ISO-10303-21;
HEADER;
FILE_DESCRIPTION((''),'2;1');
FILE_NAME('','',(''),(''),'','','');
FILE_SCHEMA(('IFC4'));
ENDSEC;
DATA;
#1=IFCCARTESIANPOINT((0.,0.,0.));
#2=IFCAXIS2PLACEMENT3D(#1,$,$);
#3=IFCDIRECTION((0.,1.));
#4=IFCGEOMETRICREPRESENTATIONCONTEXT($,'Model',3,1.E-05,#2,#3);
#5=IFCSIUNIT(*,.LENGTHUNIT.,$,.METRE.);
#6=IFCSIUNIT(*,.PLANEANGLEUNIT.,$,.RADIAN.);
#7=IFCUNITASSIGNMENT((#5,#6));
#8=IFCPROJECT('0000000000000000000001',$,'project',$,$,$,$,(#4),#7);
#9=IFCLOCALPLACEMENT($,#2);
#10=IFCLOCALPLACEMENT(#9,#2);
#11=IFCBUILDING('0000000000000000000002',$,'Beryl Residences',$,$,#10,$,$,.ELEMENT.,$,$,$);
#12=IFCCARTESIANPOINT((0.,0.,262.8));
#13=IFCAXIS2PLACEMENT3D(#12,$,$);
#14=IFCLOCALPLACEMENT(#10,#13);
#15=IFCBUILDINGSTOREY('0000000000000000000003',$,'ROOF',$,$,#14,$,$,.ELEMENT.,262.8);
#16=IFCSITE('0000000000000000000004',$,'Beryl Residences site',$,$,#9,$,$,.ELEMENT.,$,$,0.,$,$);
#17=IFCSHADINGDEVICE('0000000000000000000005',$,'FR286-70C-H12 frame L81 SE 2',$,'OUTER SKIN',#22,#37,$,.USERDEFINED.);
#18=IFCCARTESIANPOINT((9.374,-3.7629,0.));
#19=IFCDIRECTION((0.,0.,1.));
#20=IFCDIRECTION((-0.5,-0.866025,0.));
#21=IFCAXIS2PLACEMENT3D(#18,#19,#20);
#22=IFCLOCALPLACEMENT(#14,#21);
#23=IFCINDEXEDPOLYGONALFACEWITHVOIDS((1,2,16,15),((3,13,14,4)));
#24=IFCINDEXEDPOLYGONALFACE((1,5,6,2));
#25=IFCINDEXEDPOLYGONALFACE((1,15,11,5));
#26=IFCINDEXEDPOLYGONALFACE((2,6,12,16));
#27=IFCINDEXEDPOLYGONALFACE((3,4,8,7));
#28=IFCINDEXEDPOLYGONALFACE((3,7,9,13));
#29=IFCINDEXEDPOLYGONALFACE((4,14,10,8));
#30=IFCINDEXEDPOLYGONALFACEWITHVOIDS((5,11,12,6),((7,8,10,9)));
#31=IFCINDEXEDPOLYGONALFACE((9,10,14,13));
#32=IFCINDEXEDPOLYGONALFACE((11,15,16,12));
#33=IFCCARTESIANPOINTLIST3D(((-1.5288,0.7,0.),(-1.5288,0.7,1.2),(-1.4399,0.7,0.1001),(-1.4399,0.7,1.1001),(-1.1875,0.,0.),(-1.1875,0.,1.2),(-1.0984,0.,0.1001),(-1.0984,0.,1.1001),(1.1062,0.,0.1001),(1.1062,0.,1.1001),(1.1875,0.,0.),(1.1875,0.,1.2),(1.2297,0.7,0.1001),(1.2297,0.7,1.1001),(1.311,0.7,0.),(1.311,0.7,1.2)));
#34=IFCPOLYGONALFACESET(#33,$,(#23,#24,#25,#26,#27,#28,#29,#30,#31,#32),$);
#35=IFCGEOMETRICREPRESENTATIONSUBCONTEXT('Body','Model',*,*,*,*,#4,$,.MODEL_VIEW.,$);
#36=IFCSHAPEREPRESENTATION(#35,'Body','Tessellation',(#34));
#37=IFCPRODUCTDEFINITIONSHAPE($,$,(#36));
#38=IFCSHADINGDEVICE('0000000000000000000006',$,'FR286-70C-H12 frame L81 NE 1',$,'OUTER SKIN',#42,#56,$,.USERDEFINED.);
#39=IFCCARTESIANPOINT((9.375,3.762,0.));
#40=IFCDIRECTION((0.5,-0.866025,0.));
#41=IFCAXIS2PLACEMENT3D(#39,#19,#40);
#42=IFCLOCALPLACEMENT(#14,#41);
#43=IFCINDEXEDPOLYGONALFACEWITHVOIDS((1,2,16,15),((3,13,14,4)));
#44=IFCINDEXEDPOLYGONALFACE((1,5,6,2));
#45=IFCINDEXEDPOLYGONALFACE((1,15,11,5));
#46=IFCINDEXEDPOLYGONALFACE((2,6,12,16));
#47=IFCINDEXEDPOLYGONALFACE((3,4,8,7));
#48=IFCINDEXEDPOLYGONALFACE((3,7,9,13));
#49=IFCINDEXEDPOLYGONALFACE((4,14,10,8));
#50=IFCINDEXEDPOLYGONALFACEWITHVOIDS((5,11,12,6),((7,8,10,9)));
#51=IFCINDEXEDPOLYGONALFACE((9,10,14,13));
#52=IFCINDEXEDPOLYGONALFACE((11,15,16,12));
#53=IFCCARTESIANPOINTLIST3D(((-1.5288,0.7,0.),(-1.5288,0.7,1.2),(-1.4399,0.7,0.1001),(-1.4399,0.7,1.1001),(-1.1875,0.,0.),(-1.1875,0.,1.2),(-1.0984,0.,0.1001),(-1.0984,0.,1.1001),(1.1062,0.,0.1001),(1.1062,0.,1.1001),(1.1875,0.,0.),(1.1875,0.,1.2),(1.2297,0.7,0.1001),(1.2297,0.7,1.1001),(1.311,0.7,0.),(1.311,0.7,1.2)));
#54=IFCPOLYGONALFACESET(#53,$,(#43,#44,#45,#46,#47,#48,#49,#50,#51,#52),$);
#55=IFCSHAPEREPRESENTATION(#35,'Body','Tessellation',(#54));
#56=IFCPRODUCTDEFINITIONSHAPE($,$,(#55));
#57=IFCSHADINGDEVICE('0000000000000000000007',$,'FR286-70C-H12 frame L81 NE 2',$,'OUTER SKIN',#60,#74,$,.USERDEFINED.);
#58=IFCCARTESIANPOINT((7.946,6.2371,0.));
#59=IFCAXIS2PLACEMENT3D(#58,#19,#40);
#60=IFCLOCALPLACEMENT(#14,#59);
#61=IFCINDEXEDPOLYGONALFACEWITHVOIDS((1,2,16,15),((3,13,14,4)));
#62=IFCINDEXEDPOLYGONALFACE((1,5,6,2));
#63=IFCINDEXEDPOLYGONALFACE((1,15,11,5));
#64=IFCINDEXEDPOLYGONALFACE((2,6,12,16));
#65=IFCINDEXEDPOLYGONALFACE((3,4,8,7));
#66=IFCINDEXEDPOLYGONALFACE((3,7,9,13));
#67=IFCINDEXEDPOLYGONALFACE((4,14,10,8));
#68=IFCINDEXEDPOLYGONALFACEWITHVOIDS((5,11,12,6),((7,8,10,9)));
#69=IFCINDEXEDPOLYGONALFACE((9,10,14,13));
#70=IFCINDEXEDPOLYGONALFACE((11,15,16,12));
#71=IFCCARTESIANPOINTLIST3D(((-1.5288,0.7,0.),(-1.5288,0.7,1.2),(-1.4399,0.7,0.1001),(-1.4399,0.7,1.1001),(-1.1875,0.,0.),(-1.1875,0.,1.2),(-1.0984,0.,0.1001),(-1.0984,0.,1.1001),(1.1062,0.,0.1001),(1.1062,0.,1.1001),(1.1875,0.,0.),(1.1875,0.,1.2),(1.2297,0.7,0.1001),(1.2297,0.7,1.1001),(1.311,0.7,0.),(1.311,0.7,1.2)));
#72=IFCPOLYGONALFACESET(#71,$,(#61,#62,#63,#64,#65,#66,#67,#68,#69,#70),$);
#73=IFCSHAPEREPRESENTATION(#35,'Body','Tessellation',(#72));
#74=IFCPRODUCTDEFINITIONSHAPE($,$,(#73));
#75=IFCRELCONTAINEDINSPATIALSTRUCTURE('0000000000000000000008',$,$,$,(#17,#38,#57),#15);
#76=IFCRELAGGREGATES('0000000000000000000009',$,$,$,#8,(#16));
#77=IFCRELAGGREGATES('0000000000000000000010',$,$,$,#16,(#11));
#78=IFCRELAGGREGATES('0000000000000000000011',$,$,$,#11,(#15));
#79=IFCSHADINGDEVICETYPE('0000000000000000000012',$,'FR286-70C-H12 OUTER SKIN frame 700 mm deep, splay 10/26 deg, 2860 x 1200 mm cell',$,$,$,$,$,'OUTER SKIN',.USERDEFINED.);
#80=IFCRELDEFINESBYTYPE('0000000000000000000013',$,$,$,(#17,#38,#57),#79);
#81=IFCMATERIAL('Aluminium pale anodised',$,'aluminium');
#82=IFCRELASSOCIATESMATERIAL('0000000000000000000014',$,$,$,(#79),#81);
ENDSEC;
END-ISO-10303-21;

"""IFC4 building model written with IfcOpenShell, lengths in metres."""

from ifc_helpers import new_model, entity, si_unit, direction, frame, origin, place, context, subcontext, project, spatial, source, transform, mapped, material, type_object, type_shapes, element, save


model = new_model("IFC4")

# Units and contexts
model_context = context("Model", 3, precision=1e-05, world=origin(), true_north=direction((0.0, 1.0)))
body_context = subcontext(model_context, "Body", "Model", "MODEL_VIEW")
ifc_project = project(units=[si_unit("LENGTHUNIT", "METRE"), si_unit("PLANEANGLEUNIT", "RADIAN")], contexts=[model_context])

# Site, building, storey
site_placement = place(None, origin())
site = spatial("IfcSite", under=ifc_project, at=site_placement, Name="Beryl Residences site", CompositionType="ELEMENT", RefElevation=0.0)
building_placement = place(site_placement, origin())
building = spatial("IfcBuilding", under=site, at=building_placement, Name="Beryl Residences", CompositionType="ELEMENT")
storey_placement = place(building_placement, frame((0.0, 0.0, 262.8)))
storey = spatial("IfcBuildingStorey", under=building, at=storey_placement, Name="ROOF", CompositionType="ELEMENT", Elevation=262.8)

# Shading devices
ifc_material_1 = material(Name="Aluminium pale anodised", Category="aluminium")
shading_device_type_1 = type_object("IfcShadingDeviceType", Name="FR286-70C-H12 OUTER SKIN frame 700 mm deep, splay 10/26 deg, 2860 x 1200 mm cell", ElementType="OUTER SKIN", PredefinedType="USERDEFINED", material=ifc_material_1)
cartesian_point_1 = entity("IfcCartesianPoint", [-1.1875, 0.0])
cartesian_point_2 = entity("IfcCartesianPoint", [-1.1062, 0.1001])
cartesian_point_3 = entity("IfcCartesianPoint", [-1.311, 0.0])
cartesian_point_4 = entity("IfcCartesianPoint", [-1.2297, 0.1001])
shared_shape_1 = source(origin(), body_context, "Body", "SweptSolid", [
    entity("IfcExtrudedAreaSolidTapered", entity("IfcArbitraryProfileDefWithVoids", "AREA", None, entity("IfcPolyline", [cartesian_point_1, entity("IfcCartesianPoint", [1.1875, 0.0]), entity("IfcCartesianPoint", [1.1875, 1.2]), entity("IfcCartesianPoint", [-1.1875, 1.2]), cartesian_point_1]), [entity("IfcPolyline", [cartesian_point_2, entity("IfcCartesianPoint", [1.0984, 0.1001]), entity("IfcCartesianPoint", [1.0984, 1.1001]), entity("IfcCartesianPoint", [-1.1062, 1.1001]), cartesian_point_2])]), entity("IfcAxis2Placement3D", entity("IfcCartesianPoint", [0.0, 0.0, 0.0]), entity("IfcDirection", [0.0, 1.0, 0.0]), entity("IfcDirection", [-1.0, 0.0, 0.0])), entity("IfcDirection", [0.0, 0.0, 1.0]), 0.7, entity("IfcArbitraryProfileDefWithVoids", "AREA", None, entity("IfcPolyline", [cartesian_point_3, entity("IfcCartesianPoint", [1.5288, 0.0]), entity("IfcCartesianPoint", [1.5288, 1.2]), entity("IfcCartesianPoint", [-1.311, 1.2]), cartesian_point_3]), [entity("IfcPolyline", [cartesian_point_4, entity("IfcCartesianPoint", [1.4399, 0.1001]), entity("IfcCartesianPoint", [1.4399, 1.1001]), entity("IfcCartesianPoint", [-1.2297, 1.1001]), cartesian_point_4])])),
])
type_shapes(shading_device_type_1, [shared_shape_1])
for number, where, z_axis, x_axis, name in (
    (1, (9.374, -3.7629, 0.0), (0.0, 0.0, 1.0), (-0.5, -0.866025, 0.0), "FR286-70C-H12 frame L81 SE 2"),
    (2, (9.375, 3.762, 0.0), (0.0, 0.0, 1.0), (0.5, -0.866025, 0.0), "FR286-70C-H12 frame L81 NE 1"),
    (3, (7.946, 6.2371, 0.0), (0.0, 0.0, 1.0), (0.5, -0.866025, 0.0), "FR286-70C-H12 frame L81 NE 2"),
):
    element("IfcShadingDevice", number, at=place(storey_placement, frame(where, z_axis=z_axis, x_axis=x_axis)), inside=storey, type_object=shading_device_type_1, Name=name, ObjectType="OUTER SKIN", PredefinedType="USERDEFINED", context=body_context, shape_type="MappedRepresentation", body=[
        mapped(shared_shape_1, transform((0.0, 0.0, 0.0))),
    ])

save(model, "model.ifc")
